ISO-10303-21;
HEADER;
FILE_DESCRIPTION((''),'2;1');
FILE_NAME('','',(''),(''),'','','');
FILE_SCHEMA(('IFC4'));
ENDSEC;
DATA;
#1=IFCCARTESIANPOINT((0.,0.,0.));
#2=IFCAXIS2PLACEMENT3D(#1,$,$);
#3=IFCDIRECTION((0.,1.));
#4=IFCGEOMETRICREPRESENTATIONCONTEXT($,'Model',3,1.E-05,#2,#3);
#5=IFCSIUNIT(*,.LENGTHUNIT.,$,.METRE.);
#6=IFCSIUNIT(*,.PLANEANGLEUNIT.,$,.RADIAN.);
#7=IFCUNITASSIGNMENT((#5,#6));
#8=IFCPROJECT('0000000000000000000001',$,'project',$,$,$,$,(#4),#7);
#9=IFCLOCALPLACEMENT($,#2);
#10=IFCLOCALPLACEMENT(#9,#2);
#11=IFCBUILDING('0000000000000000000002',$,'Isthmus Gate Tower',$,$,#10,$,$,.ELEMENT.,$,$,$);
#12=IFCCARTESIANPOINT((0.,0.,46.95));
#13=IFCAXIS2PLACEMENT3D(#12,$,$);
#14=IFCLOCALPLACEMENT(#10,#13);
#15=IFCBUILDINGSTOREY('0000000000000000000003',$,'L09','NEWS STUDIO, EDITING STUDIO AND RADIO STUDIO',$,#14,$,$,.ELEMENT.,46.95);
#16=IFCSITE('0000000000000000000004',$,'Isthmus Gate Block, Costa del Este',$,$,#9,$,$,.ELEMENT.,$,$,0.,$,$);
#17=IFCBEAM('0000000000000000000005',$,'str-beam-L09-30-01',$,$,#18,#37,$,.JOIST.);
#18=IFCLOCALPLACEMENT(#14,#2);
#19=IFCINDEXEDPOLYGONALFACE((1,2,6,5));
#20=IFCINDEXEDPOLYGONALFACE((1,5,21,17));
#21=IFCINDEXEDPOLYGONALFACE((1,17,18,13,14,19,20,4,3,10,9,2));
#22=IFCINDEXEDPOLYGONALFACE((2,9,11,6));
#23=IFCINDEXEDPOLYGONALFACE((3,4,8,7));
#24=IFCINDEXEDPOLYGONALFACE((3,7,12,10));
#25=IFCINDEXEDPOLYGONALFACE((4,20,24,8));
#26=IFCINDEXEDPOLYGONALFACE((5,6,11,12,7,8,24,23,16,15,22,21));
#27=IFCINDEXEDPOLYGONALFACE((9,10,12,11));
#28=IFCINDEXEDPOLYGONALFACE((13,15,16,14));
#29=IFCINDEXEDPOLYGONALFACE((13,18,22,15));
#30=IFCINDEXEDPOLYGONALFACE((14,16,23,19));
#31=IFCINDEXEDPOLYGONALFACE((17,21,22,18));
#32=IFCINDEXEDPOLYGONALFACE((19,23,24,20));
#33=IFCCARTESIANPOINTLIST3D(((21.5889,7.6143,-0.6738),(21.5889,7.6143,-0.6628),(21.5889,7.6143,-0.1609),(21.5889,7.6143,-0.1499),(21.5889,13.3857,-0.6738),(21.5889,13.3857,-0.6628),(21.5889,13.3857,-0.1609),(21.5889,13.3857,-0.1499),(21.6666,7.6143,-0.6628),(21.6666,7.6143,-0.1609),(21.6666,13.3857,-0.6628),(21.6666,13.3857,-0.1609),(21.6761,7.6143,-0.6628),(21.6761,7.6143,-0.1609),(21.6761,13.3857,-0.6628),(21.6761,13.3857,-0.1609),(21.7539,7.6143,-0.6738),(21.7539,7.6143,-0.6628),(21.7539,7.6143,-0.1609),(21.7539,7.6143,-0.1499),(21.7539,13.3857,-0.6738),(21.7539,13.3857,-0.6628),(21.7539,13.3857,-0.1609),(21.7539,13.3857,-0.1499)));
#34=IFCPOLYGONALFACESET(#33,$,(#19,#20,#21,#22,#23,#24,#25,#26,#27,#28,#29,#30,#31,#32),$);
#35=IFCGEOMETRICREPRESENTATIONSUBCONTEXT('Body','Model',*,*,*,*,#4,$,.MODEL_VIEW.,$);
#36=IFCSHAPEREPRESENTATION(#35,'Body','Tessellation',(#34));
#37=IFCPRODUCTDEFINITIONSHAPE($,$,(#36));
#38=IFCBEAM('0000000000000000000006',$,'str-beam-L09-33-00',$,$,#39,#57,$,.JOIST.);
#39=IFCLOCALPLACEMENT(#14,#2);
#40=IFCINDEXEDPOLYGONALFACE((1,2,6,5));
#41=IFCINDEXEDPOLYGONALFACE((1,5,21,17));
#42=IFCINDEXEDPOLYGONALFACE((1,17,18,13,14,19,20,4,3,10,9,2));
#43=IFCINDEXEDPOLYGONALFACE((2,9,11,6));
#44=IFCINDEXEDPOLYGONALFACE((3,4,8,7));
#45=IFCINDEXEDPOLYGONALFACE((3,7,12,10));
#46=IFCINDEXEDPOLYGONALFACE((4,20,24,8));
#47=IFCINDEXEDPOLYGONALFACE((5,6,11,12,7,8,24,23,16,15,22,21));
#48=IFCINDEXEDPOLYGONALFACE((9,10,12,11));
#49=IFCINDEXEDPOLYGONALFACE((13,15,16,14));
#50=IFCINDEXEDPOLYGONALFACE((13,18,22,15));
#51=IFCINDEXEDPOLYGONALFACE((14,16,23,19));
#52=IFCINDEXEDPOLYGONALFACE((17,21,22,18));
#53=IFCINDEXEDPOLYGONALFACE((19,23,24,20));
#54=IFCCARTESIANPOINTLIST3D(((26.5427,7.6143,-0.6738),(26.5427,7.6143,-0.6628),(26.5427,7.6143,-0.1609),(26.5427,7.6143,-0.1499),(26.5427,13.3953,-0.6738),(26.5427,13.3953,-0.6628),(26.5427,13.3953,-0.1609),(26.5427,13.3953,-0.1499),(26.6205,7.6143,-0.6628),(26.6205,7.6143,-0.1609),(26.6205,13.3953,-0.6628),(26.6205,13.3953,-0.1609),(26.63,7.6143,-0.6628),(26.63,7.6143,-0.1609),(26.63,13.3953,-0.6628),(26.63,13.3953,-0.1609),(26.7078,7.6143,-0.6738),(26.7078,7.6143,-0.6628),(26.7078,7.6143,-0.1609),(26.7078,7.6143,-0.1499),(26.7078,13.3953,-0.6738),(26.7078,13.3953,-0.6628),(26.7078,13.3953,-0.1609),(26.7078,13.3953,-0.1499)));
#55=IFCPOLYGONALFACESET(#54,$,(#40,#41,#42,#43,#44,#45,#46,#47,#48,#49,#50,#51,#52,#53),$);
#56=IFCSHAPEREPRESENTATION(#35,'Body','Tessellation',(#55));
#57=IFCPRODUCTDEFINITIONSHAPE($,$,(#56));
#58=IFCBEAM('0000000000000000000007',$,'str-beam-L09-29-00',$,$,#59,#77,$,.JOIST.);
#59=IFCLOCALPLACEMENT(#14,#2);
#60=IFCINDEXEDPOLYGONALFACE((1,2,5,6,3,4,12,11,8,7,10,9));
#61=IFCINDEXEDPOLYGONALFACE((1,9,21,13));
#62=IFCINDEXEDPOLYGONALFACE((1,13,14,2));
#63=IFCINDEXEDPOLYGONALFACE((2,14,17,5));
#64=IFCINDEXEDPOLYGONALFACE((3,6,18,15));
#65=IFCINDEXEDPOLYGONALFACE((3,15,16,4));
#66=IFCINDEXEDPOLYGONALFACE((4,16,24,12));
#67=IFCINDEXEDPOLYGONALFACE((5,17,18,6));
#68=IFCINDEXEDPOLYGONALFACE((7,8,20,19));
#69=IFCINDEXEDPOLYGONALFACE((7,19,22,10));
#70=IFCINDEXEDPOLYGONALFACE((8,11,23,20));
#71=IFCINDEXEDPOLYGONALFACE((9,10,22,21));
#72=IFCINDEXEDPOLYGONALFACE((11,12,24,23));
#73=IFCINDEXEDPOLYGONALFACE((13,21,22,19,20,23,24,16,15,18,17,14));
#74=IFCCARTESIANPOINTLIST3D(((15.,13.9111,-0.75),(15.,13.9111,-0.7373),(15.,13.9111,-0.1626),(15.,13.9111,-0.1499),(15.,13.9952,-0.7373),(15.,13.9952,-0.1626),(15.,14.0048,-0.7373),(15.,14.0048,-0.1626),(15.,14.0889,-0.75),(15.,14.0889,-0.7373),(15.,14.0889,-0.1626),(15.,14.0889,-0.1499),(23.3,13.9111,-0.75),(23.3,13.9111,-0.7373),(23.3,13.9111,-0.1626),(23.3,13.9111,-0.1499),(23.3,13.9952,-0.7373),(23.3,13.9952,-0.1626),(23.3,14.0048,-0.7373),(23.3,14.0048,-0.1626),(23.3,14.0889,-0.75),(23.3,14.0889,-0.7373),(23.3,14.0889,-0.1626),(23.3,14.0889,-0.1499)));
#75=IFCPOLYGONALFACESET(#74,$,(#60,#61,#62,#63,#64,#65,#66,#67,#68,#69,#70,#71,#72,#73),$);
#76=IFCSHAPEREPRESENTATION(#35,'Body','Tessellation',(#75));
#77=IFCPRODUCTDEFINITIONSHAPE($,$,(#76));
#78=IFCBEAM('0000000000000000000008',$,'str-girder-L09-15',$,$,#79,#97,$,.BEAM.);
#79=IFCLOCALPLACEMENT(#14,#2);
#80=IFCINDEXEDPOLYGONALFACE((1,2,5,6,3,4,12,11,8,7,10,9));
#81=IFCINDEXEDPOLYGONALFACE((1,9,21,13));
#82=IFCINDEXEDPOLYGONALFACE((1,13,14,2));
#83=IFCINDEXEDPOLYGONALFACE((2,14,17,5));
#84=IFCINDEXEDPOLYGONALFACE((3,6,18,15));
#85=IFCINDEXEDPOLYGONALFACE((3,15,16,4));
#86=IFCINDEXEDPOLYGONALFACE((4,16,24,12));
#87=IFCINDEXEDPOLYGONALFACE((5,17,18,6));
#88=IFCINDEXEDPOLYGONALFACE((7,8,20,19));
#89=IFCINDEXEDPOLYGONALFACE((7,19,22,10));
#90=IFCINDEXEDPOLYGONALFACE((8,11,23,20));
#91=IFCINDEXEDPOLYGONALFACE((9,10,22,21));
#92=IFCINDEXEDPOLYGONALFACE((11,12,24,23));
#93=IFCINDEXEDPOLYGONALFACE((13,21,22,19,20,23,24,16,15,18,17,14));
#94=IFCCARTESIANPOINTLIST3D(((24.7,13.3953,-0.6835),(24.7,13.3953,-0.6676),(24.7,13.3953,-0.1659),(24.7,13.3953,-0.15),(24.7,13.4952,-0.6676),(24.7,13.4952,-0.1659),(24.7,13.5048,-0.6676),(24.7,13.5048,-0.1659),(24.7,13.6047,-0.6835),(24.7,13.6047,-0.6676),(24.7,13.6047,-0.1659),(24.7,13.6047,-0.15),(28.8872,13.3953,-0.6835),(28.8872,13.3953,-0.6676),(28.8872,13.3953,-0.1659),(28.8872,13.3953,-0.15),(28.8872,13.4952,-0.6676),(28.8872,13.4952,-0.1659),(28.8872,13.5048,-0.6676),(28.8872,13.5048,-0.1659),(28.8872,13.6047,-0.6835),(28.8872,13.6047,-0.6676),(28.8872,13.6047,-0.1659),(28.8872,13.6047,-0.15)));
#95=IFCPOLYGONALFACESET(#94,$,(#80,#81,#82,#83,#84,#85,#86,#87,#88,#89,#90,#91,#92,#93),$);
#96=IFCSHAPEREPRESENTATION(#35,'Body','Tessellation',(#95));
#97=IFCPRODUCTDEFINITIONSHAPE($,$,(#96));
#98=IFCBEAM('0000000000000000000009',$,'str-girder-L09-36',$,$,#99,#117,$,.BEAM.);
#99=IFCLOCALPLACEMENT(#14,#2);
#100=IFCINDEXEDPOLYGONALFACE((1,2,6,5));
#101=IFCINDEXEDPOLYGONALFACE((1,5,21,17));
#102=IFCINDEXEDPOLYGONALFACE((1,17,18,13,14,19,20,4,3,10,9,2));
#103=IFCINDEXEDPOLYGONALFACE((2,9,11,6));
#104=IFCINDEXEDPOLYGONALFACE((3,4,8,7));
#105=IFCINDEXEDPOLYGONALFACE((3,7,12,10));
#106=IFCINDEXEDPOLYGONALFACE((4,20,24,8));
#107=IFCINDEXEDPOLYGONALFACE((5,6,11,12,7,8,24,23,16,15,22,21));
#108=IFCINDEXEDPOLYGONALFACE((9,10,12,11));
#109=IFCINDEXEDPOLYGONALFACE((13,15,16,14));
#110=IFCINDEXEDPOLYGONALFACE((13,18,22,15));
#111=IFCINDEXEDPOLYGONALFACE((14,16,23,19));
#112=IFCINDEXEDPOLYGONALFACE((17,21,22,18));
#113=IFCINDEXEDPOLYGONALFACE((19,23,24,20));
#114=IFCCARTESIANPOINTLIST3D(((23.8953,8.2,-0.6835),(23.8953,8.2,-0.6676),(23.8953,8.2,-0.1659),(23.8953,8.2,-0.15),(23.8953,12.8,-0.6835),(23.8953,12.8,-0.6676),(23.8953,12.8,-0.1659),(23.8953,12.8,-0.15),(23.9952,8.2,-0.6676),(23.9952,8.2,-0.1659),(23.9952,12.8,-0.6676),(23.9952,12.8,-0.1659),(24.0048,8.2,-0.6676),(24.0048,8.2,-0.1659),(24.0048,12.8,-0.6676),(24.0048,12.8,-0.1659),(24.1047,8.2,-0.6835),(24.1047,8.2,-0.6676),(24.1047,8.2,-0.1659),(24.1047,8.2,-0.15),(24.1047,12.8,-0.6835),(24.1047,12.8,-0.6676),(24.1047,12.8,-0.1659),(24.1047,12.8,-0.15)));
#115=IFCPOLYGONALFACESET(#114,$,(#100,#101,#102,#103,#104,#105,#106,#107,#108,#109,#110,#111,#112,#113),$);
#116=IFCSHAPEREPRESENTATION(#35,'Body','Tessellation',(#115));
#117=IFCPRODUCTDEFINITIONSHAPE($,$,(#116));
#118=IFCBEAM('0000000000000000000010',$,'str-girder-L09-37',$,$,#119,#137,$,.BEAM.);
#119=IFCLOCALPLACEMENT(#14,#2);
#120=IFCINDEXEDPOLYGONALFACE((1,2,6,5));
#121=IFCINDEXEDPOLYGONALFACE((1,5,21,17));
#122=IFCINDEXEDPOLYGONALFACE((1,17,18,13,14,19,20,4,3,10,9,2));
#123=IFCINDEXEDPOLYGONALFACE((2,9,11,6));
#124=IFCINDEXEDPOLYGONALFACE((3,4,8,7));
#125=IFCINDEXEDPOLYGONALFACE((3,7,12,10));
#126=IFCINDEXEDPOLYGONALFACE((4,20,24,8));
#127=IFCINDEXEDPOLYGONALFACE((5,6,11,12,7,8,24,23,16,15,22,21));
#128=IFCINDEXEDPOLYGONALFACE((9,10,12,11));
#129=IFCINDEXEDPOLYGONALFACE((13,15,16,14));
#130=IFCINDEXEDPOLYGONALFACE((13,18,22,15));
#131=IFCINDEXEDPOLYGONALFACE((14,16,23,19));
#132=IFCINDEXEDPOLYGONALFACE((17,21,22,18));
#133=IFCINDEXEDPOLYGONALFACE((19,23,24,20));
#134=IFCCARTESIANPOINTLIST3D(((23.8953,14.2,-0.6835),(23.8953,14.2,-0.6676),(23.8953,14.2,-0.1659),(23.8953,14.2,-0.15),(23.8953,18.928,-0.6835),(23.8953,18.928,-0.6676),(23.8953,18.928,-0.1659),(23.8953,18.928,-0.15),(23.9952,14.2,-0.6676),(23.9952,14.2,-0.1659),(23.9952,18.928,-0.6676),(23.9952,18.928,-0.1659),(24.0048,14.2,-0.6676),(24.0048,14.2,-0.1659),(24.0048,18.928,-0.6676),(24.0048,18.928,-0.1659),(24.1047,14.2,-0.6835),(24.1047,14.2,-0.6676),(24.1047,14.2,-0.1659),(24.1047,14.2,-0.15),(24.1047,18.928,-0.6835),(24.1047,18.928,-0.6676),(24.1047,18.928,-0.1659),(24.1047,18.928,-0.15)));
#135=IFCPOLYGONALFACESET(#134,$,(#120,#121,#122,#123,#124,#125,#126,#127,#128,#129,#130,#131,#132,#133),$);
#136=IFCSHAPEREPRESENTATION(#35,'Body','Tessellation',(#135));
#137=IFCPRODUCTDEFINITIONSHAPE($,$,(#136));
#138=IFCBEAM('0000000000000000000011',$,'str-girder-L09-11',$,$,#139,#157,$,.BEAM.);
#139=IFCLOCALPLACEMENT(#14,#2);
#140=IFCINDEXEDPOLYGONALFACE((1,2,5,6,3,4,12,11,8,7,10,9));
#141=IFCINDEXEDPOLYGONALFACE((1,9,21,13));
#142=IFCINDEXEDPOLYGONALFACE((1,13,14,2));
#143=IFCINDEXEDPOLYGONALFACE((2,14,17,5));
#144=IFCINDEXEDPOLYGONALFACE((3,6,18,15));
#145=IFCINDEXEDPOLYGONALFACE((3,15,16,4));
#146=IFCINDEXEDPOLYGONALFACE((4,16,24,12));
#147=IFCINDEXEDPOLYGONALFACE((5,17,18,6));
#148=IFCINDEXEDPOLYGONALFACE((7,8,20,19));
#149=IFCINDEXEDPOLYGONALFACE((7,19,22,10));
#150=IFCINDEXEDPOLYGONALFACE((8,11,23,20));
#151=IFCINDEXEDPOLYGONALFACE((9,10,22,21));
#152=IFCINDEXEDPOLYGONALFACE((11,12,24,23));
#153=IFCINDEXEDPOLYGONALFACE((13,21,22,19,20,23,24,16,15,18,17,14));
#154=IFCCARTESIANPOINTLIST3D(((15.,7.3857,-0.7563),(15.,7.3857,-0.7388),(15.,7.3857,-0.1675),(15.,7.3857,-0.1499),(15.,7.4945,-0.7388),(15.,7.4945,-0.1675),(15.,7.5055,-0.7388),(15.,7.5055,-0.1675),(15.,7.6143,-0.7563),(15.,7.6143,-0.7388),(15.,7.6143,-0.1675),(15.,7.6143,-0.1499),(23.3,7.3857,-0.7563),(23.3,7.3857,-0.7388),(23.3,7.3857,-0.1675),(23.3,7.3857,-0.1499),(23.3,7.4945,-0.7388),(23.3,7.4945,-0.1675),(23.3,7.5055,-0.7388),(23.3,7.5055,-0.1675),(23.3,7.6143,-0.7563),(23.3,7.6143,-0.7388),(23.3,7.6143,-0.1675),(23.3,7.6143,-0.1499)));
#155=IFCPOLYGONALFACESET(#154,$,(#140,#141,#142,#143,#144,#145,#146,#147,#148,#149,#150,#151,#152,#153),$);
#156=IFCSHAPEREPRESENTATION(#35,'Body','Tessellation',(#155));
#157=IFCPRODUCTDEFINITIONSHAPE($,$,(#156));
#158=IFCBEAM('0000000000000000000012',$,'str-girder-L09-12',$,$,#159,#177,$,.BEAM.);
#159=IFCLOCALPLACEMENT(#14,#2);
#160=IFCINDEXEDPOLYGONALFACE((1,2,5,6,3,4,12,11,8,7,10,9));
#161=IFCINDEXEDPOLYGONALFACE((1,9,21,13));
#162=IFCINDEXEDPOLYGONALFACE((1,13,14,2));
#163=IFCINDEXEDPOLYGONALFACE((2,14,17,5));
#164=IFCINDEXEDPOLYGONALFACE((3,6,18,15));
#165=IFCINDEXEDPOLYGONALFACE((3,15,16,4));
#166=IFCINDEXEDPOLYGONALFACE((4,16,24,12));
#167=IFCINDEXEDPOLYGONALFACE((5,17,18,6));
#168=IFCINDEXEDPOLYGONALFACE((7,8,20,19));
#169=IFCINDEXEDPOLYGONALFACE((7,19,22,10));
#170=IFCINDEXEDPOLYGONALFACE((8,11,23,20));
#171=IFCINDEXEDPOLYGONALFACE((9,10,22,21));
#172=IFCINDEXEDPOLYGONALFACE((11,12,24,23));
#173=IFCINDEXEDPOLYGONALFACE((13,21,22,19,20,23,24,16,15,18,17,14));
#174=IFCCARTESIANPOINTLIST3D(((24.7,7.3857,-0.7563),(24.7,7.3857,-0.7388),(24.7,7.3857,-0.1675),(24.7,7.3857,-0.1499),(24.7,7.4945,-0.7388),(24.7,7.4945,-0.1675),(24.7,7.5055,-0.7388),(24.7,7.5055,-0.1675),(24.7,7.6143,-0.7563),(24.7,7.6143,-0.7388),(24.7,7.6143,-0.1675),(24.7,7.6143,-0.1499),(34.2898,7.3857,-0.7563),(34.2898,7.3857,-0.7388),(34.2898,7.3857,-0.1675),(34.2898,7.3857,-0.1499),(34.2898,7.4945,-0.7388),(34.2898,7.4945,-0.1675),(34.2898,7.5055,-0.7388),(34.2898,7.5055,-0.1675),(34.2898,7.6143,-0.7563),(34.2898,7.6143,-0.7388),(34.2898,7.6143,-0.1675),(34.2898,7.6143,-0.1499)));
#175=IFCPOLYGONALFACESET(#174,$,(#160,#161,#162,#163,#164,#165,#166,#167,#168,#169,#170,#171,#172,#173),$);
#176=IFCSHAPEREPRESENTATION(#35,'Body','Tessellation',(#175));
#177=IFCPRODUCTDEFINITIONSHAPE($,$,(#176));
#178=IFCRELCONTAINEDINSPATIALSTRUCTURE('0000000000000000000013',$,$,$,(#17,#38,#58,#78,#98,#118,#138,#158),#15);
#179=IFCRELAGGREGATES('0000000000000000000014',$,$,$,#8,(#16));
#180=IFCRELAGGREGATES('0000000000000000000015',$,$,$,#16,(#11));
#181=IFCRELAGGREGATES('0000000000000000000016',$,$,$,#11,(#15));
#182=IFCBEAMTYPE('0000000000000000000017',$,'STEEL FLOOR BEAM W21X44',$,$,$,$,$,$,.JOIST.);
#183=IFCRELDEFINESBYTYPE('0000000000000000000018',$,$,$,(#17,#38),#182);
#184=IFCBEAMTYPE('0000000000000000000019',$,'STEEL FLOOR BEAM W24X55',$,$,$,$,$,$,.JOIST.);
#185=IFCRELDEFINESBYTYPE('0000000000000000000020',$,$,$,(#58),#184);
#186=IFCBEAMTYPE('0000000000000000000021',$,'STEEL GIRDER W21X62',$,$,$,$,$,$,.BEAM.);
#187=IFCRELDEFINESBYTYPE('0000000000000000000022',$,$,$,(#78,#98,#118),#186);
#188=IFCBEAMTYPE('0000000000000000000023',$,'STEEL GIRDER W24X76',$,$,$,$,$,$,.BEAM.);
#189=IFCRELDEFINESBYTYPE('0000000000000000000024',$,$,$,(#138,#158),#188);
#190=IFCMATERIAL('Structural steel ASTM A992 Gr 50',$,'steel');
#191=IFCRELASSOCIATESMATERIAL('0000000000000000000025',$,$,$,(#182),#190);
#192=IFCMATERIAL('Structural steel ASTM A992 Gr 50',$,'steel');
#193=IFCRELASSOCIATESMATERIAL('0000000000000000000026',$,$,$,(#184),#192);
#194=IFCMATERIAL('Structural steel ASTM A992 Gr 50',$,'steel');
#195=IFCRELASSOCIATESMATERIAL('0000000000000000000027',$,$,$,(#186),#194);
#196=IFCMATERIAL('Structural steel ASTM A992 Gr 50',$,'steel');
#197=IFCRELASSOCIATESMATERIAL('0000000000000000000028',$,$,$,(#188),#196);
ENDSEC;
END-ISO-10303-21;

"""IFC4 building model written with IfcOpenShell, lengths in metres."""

from ifc_helpers import new_model, si_unit, direction, frame, origin, origin_2d, place, context, subcontext, project, spatial, i_section, extrude, material, material_profile, profile_set, type_object, element, save


model = new_model("IFC4")

# Units and contexts
model_context = context("Model", 3, precision=1e-05, world=origin(), true_north=direction((0.0, 1.0)))
body_context = subcontext(model_context, "Body", "Model", "MODEL_VIEW")
ifc_project = project(units=[si_unit("LENGTHUNIT", "METRE"), si_unit("PLANEANGLEUNIT", "RADIAN")], contexts=[model_context])

# Site, building, storey
site_placement = place(None, origin())
site = spatial("IfcSite", under=ifc_project, at=site_placement, Name="Isthmus Gate Block, Costa del Este", CompositionType="ELEMENT", RefElevation=0.0)
building_placement = place(site_placement, origin())
building = spatial("IfcBuilding", under=site, at=building_placement, Name="Isthmus Gate Tower", CompositionType="ELEMENT")
storey_placement = place(building_placement, frame((0.0, 0.0, 46.95)))
storey = spatial("IfcBuildingStorey", under=building, at=storey_placement, Name="L09", Description="NEWS STUDIO, EDITING STUDIO AND RADIO STUDIO", CompositionType="ELEMENT", Elevation=46.95)

# Beams
ifc_material_1 = material(Name="Structural steel ASTM A992 Gr 50", Category="steel")
ifc_material_profile_1 = material_profile(ifc_material_1, i_section(OverallWidth=0.165, OverallDepth=0.5239, WebThickness=0.0095, FlangeThickness=0.011, at=origin_2d()), Name="W21X44")
ifc_profile_set_1 = profile_set([ifc_material_profile_1], Name="Structural steel ASTM A992 Gr 50")
beam_type_1 = type_object("IfcBeamType", Name="STEEL FLOOR BEAM W21X44", PredefinedType="JOIST", material=ifc_profile_set_1)
for number, where, z_axis, x_axis, name in (
    (1, (21.6714, 7.6143, -0.4119), (0.0, 1.0, 0.0), (-1.0, 0.0, 0.0), "str-beam-L09-30-01"),
):
    element("IfcBeam", number, at=place(storey_placement, frame(where, z_axis=z_axis, x_axis=x_axis)), inside=storey, type_object=beam_type_1, Name=name, PredefinedType="JOIST", context=body_context, shape_type="SweptSolid", body=[
        extrude(i_section(OverallWidth=0.165, OverallDepth=0.5239, WebThickness=0.0095, FlangeThickness=0.011, at=origin_2d()), origin(), (0.0, 0.0, 1.0), 5.7715),
    ])
beam_1_placement = place(storey_placement, frame((26.6252, 7.6143, -0.4119), z_axis=(0.0, 1.0, 0.0), x_axis=(-1.0, 0.0, 0.0)))
element("IfcBeam", 2, at=beam_1_placement, inside=storey, type_object=beam_type_1, Name="str-beam-L09-33-00", PredefinedType="JOIST", context=body_context, shape_type="SweptSolid", body=[
    extrude(i_section(OverallWidth=0.165, OverallDepth=0.5239, WebThickness=0.0095, FlangeThickness=0.011, at=origin_2d()), origin(), (0.0, 0.0, 1.0), 5.781),
])
ifc_material_2 = material(Name="Structural steel ASTM A992 Gr 50", Category="steel")
ifc_material_profile_2 = material_profile(ifc_material_2, i_section(OverallWidth=0.1777, OverallDepth=0.6001, WebThickness=0.0095, FlangeThickness=0.0127, at=origin_2d()), Name="W24X55")
ifc_profile_set_2 = profile_set([ifc_material_profile_2], Name="Structural steel ASTM A992 Gr 50")
beam_type_2 = type_object("IfcBeamType", Name="STEEL FLOOR BEAM W24X55", PredefinedType="JOIST", material=ifc_profile_set_2)
beam_2_placement = place(storey_placement, frame((15.0, 14.0, -0.45), z_axis=(1.0, 0.0, 0.0), x_axis=(0.0, 1.0, 0.0)))
element("IfcBeam", 3, at=beam_2_placement, inside=storey, type_object=beam_type_2, Name="str-beam-L09-29-00", PredefinedType="JOIST", context=body_context, shape_type="SweptSolid", body=[
    extrude(i_section(OverallWidth=0.1777, OverallDepth=0.6001, WebThickness=0.0095, FlangeThickness=0.0127, at=origin_2d()), origin(), (0.0, 0.0, 1.0), 8.3),
])
ifc_material_3 = material(Name="Structural steel ASTM A992 Gr 50", Category="steel")
ifc_material_profile_3 = material_profile(ifc_material_3, i_section(OverallWidth=0.2095, OverallDepth=0.5334, WebThickness=0.0095, FlangeThickness=0.0159, at=origin_2d()), Name="W21X62")
ifc_profile_set_3 = profile_set([ifc_material_profile_3], Name="Structural steel ASTM A992 Gr 50")
beam_type_3 = type_object("IfcBeamType", Name="STEEL GIRDER W21X62", PredefinedType="BEAM", material=ifc_profile_set_3)
beam_3_placement = place(storey_placement, frame((24.7, 13.5, -0.4167), z_axis=(1.0, 0.0, 0.0), x_axis=(0.0, 1.0, 0.0)))
element("IfcBeam", 4, at=beam_3_placement, inside=storey, type_object=beam_type_3, Name="str-girder-L09-15", PredefinedType="BEAM", context=body_context, shape_type="SweptSolid", body=[
    extrude(i_section(OverallWidth=0.2095, OverallDepth=0.5334, WebThickness=0.0095, FlangeThickness=0.0159, at=origin_2d()), origin(), (0.0, 0.0, 1.0), 4.1873),
])
beam_4_placement = place(storey_placement, frame((24.0, 8.2, -0.4167), z_axis=(0.0, 1.0, 0.0), x_axis=(-1.0, 0.0, 0.0)))
element("IfcBeam", 5, at=beam_4_placement, inside=storey, type_object=beam_type_3, Name="str-girder-L09-36", PredefinedType="BEAM", context=body_context, shape_type="SweptSolid", body=[
    extrude(i_section(OverallWidth=0.2095, OverallDepth=0.5334, WebThickness=0.0095, FlangeThickness=0.0159, at=origin_2d()), origin(), (0.0, 0.0, 1.0), 4.6001),
])
beam_5_placement = place(storey_placement, frame((24.0, 14.2, -0.4167), z_axis=(0.0, 1.0, 0.0), x_axis=(-1.0, 0.0, 0.0)))
element("IfcBeam", 6, at=beam_5_placement, inside=storey, type_object=beam_type_3, Name="str-girder-L09-37", PredefinedType="BEAM", context=body_context, shape_type="SweptSolid", body=[
    extrude(i_section(OverallWidth=0.2095, OverallDepth=0.5334, WebThickness=0.0095, FlangeThickness=0.0159, at=origin_2d()), origin(), (0.0, 0.0, 1.0), 4.728),
])
ifc_material_4 = material(Name="Structural steel ASTM A992 Gr 50", Category="steel")
ifc_material_profile_4 = material_profile(ifc_material_4, i_section(OverallWidth=0.2285, OverallDepth=0.6064, WebThickness=0.011, FlangeThickness=0.0176, at=origin_2d()), Name="W24X76")
ifc_profile_set_4 = profile_set([ifc_material_profile_4], Name="Structural steel ASTM A992 Gr 50")
beam_type_4 = type_object("IfcBeamType", Name="STEEL GIRDER W24X76", PredefinedType="BEAM", material=ifc_profile_set_4)
beam_6_placement = place(storey_placement, frame((15.0, 7.5, -0.4531), z_axis=(1.0, 0.0, 0.0), x_axis=(0.0, 1.0, 0.0)))
element("IfcBeam", 7, at=beam_6_placement, inside=storey, type_object=beam_type_4, Name="str-girder-L09-11", PredefinedType="BEAM", context=body_context, shape_type="SweptSolid", body=[
    extrude(i_section(OverallWidth=0.2285, OverallDepth=0.6064, WebThickness=0.011, FlangeThickness=0.0176, at=origin_2d()), origin(), (0.0, 0.0, 1.0), 8.3),
])
beam_7_placement = place(storey_placement, frame((24.7, 7.5, -0.4531), z_axis=(1.0, 0.0, 0.0), x_axis=(0.0, 1.0, 0.0)))
element("IfcBeam", 8, at=beam_7_placement, inside=storey, type_object=beam_type_4, Name="str-girder-L09-12", PredefinedType="BEAM", context=body_context, shape_type="SweptSolid", body=[
    extrude(i_section(OverallWidth=0.2285, OverallDepth=0.6064, WebThickness=0.011, FlangeThickness=0.0176, at=origin_2d()), origin(), (0.0, 0.0, 1.0), 9.5898),
])

save(model, "model.ifc")
